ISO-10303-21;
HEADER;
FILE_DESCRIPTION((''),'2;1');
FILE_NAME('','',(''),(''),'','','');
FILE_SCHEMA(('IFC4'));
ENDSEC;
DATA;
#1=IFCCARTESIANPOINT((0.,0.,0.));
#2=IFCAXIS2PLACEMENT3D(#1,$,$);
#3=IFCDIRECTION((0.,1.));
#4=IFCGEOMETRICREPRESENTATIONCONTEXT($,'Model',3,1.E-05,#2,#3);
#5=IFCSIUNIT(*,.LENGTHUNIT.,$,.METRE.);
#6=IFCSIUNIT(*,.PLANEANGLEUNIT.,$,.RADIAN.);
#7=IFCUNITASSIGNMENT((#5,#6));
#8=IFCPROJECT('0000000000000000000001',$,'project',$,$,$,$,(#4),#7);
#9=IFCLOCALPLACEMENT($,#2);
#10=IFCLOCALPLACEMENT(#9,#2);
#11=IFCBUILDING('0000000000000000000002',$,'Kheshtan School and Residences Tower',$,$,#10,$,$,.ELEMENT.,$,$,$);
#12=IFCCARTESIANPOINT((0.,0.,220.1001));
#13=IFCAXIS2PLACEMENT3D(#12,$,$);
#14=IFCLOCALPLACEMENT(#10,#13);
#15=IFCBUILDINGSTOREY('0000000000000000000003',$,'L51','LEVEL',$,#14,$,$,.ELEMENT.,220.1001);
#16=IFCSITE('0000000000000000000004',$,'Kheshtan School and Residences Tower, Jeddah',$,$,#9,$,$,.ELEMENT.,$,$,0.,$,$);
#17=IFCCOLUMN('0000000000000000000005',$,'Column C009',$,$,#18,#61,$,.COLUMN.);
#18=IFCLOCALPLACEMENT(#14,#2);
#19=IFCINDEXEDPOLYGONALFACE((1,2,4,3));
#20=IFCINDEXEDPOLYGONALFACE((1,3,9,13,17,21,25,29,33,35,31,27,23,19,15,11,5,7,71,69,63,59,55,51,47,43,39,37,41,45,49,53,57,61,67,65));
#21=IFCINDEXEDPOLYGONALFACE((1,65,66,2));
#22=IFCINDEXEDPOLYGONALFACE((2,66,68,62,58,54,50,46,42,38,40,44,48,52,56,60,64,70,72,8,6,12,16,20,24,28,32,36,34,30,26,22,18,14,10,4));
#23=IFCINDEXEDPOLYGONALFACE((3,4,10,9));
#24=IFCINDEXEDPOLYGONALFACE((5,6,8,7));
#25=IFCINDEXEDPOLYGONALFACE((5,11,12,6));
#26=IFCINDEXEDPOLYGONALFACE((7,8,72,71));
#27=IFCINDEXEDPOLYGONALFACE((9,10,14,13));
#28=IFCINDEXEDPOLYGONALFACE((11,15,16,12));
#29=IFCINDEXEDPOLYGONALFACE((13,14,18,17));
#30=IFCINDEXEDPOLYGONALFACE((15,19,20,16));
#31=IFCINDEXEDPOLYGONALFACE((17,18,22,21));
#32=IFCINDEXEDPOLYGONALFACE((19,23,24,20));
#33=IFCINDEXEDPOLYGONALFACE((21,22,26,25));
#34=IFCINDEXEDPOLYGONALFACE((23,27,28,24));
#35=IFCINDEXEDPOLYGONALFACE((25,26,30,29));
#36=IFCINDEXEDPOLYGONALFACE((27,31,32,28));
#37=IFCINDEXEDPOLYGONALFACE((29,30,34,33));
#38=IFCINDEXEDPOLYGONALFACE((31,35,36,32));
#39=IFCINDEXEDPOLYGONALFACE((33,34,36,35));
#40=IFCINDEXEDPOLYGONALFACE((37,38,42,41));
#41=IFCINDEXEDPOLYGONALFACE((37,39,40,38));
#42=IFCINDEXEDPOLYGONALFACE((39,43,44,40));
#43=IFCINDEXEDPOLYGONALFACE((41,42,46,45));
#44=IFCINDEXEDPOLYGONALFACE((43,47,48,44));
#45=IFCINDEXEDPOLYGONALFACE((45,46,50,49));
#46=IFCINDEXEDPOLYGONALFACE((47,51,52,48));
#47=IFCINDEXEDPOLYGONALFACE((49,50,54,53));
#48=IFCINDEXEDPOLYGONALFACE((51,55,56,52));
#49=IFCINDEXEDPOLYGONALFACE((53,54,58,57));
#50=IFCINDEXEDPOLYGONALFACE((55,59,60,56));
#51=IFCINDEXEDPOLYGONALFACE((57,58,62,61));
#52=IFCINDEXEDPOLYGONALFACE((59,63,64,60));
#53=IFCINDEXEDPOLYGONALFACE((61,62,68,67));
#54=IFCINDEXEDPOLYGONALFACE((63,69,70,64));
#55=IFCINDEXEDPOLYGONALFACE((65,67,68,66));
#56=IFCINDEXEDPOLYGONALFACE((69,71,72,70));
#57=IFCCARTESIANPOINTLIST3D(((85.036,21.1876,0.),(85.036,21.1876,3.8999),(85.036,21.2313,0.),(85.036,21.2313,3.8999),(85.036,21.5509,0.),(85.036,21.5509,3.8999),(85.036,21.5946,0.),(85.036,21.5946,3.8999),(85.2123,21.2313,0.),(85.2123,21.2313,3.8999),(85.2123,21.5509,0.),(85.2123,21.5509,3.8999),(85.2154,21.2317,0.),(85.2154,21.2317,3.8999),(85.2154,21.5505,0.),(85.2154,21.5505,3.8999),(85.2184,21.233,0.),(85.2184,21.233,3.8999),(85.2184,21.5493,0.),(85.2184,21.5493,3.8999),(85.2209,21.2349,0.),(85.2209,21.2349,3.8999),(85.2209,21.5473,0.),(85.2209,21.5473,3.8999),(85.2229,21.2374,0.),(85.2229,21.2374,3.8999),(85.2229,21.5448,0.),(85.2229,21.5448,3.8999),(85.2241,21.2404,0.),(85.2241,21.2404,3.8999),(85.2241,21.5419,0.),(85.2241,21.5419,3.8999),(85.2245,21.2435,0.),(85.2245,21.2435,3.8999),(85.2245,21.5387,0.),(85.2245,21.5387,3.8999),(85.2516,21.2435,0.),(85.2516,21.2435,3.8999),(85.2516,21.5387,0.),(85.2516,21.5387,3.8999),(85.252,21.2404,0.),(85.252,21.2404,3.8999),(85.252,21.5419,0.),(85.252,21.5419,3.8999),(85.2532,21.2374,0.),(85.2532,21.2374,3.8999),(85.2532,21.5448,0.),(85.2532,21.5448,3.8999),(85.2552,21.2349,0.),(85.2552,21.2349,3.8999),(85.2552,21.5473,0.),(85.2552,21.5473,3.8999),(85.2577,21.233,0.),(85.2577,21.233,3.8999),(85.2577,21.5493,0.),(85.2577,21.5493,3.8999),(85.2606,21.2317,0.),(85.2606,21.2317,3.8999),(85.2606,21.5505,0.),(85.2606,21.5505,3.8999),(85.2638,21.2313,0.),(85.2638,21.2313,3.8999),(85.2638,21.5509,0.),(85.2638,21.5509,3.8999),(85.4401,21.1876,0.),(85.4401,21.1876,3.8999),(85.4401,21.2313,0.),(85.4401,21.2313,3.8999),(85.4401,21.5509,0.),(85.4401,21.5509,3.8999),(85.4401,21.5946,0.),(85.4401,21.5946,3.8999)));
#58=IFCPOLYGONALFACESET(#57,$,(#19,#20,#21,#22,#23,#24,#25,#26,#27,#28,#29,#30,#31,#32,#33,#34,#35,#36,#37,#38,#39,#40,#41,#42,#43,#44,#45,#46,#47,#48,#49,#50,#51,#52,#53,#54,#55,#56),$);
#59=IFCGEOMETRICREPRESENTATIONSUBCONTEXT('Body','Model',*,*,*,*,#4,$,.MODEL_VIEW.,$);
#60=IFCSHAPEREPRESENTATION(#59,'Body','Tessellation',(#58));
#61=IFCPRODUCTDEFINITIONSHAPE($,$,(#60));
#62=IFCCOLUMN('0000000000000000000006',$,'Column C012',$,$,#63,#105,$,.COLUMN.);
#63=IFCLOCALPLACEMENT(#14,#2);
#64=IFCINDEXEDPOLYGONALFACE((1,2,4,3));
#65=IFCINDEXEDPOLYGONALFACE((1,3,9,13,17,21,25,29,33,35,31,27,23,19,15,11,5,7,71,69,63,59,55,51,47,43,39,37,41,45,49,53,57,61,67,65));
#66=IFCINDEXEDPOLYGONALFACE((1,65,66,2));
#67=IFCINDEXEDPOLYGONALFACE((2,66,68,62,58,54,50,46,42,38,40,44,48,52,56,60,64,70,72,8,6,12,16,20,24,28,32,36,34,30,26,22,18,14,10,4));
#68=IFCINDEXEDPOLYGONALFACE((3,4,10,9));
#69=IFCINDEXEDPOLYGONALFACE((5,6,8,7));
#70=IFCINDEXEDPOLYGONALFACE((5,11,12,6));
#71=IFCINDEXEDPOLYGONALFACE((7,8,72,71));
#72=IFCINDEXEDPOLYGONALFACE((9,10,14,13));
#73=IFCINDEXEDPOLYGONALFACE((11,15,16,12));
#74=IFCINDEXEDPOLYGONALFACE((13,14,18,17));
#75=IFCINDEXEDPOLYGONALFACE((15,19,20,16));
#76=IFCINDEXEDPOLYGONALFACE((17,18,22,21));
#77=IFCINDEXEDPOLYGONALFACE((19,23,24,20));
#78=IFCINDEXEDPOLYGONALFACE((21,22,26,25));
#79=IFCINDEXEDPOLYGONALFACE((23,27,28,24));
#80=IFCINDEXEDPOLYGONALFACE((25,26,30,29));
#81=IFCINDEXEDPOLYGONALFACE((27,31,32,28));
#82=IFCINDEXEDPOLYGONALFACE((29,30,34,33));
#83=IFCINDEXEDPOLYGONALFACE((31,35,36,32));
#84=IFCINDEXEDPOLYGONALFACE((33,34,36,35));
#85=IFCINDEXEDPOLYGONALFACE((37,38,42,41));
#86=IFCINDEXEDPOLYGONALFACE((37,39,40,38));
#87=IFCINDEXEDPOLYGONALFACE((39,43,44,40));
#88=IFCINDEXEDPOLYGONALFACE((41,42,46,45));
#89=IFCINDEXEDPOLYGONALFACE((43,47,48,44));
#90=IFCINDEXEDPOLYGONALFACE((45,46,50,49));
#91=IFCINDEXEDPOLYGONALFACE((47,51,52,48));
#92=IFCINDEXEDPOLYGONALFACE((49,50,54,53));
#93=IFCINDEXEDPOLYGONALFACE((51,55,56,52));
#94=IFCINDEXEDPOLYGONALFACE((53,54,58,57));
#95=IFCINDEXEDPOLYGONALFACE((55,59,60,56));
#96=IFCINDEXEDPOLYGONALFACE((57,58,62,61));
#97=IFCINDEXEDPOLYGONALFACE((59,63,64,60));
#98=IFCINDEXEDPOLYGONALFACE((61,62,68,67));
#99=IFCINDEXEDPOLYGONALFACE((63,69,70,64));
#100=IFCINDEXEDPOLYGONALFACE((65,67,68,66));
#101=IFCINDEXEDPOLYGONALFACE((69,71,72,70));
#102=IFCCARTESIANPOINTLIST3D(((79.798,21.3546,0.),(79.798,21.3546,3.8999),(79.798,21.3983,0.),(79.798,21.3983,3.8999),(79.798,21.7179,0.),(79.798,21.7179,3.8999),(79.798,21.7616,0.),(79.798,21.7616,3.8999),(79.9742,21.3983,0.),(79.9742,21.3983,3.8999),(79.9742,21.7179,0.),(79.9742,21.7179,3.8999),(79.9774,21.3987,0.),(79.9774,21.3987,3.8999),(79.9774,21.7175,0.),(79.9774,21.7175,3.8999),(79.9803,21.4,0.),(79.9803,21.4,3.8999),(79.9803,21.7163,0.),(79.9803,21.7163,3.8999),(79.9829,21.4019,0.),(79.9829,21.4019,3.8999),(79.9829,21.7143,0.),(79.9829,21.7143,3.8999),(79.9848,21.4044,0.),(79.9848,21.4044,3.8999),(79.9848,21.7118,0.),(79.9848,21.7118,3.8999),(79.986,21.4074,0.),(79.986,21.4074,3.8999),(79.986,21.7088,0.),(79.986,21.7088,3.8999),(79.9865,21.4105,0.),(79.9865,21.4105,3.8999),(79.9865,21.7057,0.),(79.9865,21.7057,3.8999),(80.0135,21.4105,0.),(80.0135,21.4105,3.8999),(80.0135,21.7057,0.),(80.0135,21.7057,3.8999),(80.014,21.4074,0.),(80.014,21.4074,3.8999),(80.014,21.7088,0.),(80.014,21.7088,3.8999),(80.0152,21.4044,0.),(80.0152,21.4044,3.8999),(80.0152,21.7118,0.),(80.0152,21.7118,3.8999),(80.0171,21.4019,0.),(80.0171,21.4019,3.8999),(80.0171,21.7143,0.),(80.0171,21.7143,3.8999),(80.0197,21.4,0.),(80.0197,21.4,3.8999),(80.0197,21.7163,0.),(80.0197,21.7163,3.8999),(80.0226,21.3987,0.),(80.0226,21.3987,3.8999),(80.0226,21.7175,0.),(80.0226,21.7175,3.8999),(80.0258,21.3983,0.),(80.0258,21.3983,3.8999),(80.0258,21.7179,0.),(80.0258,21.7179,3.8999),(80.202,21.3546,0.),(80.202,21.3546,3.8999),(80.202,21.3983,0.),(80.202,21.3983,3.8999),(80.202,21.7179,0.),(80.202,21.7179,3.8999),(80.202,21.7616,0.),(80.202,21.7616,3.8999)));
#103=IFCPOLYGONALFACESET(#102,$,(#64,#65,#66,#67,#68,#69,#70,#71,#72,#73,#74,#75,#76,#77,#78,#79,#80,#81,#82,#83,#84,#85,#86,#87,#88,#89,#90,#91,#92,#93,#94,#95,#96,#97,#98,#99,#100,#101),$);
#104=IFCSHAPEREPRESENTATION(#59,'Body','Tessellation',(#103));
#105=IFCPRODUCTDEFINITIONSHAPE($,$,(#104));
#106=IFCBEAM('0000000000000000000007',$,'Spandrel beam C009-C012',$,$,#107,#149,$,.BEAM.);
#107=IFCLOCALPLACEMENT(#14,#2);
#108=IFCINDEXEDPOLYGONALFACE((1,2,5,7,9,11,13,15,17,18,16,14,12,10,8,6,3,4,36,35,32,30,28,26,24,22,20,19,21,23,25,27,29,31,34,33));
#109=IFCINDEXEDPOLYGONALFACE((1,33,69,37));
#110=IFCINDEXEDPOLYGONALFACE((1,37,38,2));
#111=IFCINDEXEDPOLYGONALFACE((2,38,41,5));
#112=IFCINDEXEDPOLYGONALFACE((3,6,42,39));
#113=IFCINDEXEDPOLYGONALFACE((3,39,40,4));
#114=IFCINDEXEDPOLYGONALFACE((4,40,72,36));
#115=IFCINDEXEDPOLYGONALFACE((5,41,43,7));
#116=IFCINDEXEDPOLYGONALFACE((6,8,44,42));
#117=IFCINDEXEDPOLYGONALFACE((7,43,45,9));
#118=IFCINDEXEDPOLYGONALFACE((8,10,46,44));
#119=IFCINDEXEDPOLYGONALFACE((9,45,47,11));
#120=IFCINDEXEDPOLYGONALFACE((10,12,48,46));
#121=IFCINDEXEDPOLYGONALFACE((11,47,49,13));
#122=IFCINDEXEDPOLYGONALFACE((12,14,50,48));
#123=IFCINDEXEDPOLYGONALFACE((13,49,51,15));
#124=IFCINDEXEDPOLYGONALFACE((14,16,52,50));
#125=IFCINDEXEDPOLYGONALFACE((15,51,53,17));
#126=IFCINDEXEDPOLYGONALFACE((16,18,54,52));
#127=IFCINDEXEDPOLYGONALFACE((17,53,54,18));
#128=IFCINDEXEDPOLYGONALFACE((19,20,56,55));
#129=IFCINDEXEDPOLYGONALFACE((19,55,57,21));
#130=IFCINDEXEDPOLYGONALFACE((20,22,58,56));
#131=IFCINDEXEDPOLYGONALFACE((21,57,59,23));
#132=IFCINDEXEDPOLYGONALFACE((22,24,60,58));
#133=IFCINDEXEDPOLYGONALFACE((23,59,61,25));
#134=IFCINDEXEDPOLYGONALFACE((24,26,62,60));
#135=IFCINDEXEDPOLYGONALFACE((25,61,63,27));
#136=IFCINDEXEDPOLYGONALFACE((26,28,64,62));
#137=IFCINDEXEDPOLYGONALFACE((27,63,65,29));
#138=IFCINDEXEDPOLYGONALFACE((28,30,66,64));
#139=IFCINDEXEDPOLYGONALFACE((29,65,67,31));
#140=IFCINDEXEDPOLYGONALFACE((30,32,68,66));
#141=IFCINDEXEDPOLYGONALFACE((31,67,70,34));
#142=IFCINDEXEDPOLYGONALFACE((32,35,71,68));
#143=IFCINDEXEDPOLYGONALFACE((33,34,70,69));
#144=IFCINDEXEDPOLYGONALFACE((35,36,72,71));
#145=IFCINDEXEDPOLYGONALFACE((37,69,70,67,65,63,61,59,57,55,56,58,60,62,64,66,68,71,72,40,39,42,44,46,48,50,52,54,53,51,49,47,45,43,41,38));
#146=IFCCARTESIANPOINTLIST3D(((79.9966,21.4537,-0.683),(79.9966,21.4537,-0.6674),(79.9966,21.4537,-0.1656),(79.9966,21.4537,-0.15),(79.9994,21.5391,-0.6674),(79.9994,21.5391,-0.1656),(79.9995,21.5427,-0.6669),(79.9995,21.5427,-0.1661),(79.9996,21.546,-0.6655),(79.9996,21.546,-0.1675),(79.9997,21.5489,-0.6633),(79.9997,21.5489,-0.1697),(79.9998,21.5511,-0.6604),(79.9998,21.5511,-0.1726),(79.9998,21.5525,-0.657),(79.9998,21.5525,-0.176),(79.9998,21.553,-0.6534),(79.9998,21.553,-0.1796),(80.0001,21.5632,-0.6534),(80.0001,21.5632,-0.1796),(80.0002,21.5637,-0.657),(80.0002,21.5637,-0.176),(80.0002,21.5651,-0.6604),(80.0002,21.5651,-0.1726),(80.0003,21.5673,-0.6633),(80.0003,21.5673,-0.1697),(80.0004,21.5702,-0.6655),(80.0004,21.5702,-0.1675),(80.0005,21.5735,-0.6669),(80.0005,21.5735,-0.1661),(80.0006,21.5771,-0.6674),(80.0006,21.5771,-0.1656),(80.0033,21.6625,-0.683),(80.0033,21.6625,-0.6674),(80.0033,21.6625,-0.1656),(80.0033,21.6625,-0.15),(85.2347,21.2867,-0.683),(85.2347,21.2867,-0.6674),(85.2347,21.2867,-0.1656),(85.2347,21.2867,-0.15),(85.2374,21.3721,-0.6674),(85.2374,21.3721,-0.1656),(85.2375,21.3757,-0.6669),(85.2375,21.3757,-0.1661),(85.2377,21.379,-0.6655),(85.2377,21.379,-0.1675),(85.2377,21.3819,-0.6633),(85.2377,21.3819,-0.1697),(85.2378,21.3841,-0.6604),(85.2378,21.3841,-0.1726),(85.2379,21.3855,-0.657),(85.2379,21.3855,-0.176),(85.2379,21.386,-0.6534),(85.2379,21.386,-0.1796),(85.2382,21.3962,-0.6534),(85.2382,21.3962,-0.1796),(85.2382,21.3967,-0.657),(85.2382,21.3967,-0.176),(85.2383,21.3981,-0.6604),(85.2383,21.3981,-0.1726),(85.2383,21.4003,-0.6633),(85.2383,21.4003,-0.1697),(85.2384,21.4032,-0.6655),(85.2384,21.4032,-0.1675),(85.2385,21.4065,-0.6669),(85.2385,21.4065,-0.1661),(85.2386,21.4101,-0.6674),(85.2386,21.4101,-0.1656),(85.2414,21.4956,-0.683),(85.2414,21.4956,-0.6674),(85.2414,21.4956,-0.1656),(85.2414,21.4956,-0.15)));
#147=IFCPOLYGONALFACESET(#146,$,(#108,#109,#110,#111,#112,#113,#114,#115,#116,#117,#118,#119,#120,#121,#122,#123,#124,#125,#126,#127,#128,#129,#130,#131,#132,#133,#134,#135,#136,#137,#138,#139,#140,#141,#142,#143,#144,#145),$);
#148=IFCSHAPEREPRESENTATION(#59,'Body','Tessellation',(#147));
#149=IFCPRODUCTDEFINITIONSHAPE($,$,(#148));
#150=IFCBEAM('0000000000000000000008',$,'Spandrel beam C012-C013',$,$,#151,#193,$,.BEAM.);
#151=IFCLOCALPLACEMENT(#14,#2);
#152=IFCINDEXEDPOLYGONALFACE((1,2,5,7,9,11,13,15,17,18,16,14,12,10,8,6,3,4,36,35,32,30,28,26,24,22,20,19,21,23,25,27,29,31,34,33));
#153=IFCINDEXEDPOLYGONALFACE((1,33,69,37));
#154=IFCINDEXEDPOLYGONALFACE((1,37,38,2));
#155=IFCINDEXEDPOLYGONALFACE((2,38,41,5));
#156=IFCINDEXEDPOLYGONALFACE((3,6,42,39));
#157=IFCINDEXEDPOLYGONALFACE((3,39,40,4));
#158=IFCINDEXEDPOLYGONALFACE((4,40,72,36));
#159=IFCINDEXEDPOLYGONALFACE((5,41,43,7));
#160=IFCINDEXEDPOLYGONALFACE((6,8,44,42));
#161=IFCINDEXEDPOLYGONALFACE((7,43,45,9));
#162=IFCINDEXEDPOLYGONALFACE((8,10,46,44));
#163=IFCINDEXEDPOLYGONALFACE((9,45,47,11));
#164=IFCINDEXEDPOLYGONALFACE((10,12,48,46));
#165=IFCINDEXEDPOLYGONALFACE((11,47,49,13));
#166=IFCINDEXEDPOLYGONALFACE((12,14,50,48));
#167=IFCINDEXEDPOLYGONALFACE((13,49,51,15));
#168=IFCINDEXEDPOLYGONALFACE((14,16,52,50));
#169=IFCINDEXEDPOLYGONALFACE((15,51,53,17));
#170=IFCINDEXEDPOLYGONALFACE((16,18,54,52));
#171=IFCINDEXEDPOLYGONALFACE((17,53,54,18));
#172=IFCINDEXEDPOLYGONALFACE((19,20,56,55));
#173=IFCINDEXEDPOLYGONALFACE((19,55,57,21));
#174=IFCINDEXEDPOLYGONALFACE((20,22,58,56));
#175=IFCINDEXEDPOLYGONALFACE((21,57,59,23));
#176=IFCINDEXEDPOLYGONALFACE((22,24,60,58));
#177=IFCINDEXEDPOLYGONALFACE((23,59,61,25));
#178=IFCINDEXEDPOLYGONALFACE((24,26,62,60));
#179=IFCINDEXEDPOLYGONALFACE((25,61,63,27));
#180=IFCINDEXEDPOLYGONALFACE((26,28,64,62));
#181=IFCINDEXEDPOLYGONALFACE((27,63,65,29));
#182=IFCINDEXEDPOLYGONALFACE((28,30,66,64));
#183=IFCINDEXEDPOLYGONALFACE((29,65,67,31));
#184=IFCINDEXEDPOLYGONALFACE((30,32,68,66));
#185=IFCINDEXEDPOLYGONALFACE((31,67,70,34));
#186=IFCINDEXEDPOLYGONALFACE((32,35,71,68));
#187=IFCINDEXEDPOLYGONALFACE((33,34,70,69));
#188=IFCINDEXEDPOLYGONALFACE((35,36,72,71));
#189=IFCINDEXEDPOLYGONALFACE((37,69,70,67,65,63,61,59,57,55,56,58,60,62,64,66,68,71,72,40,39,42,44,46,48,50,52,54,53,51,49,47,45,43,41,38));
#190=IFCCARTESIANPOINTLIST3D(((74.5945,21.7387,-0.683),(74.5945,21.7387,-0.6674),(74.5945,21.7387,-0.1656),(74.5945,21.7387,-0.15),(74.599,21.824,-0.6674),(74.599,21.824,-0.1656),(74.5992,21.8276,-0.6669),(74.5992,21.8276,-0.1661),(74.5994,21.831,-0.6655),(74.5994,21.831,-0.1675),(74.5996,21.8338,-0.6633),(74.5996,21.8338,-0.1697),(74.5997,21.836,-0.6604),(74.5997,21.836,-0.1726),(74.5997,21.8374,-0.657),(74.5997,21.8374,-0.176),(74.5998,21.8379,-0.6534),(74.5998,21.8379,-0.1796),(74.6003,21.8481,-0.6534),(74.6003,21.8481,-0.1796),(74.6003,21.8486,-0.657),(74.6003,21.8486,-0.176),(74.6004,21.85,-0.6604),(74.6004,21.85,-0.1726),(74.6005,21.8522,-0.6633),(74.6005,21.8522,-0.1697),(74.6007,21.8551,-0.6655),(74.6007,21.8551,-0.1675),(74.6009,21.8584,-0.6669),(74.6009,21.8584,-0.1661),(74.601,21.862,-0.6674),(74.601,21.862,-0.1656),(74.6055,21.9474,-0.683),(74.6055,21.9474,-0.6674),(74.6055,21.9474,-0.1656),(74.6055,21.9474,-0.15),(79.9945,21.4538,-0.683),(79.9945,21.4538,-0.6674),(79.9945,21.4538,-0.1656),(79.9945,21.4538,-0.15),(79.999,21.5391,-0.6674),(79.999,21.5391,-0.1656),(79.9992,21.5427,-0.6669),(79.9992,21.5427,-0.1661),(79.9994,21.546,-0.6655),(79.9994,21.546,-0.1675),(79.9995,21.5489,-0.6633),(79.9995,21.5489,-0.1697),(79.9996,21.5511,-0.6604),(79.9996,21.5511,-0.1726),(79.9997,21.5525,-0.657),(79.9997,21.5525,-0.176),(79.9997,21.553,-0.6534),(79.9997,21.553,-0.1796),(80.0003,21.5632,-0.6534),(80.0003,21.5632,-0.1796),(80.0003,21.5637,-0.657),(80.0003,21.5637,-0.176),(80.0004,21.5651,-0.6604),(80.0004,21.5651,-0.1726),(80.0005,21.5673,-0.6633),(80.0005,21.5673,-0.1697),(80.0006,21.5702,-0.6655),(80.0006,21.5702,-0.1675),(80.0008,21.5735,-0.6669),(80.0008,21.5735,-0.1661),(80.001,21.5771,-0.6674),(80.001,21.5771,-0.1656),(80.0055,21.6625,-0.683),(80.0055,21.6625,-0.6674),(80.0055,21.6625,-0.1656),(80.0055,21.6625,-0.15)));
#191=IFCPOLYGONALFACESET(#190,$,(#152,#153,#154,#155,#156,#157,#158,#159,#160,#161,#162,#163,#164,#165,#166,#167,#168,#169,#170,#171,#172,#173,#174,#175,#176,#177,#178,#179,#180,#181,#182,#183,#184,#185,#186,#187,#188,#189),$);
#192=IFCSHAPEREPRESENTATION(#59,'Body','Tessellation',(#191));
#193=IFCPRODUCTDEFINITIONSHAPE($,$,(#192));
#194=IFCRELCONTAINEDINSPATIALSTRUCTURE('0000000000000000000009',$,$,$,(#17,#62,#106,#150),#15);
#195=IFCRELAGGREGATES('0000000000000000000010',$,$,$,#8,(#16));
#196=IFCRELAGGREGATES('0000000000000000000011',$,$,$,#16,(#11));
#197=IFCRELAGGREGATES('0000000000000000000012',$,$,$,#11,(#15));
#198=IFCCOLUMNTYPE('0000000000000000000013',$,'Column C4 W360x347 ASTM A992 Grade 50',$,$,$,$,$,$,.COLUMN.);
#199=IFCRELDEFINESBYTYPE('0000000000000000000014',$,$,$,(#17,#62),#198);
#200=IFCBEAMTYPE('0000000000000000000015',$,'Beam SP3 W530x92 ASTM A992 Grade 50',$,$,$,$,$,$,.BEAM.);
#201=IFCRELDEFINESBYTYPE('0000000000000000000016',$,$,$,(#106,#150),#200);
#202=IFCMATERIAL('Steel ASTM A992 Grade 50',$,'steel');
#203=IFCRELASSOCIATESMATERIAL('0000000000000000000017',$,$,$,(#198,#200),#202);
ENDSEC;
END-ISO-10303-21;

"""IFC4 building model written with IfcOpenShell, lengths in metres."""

from ifc_helpers import new_model, si_unit, direction, frame, origin, origin_2d, place, context, subcontext, project, spatial, i_section, extrude, material, material_profile, profile_set, type_object, element, save


model = new_model("IFC4")

# Units and contexts
model_context = context("Model", 3, precision=1e-05, world=origin(), true_north=direction((0.0, 1.0)))
body_context = subcontext(model_context, "Body", "Model", "MODEL_VIEW")
ifc_project = project(units=[si_unit("LENGTHUNIT", "METRE"), si_unit("PLANEANGLEUNIT", "RADIAN")], contexts=[model_context])

# Site, building, storey
site_placement = place(None, origin())
site = spatial("IfcSite", under=ifc_project, at=site_placement, Name="Kheshtan School and Residences Tower, Jeddah", CompositionType="ELEMENT", RefElevation=0.0)
building_placement = place(site_placement, origin())
building = spatial("IfcBuilding", under=site, at=building_placement, Name="Kheshtan School and Residences Tower", CompositionType="ELEMENT")
storey_placement = place(building_placement, frame((0.0, 0.0, 220.1001)))
storey = spatial("IfcBuildingStorey", under=building, at=storey_placement, Name="L51", Description="LEVEL", CompositionType="ELEMENT", Elevation=220.1001)

# Columns
ifc_material_1 = material(Name="Steel ASTM A992 Grade 50", Category="steel")
ifc_material_profile_1 = material_profile(ifc_material_1, i_section(OverallWidth=0.4041, OverallDepth=0.407, WebThickness=0.0271, FlangeThickness=0.0437, FilletRadius=0.0122, at=origin_2d()), Name="W360x347")
ifc_profile_set_1 = profile_set([ifc_material_profile_1], Name="Steel ASTM A992 Grade 50")
column_type = type_object("IfcColumnType", Name="Column C4 W360x347 ASTM A992 Grade 50", PredefinedType="COLUMN", material=ifc_profile_set_1)
for number, where, z_axis, x_axis, name in (
    (1, (85.238, 21.3911, 0.0), (0.0, 0.0, 1.0), (1.0, 0.0, 0.0), "Column C009"),
    (2, (80.0, 21.5581, 0.0), (0.0, 0.0, 1.0), (1.0, 0.0, 0.0), "Column C012"),
):
    element("IfcColumn", number, at=place(storey_placement, frame(where, z_axis=z_axis, x_axis=x_axis)), inside=storey, type_object=column_type, Name=name, PredefinedType="COLUMN", context=body_context, shape_type="SweptSolid", body=[
        extrude(i_section(OverallWidth=0.4041, OverallDepth=0.407, WebThickness=0.0271, FlangeThickness=0.0437, FilletRadius=0.0122, at=origin_2d()), origin(), (0.0, 0.0, 1.0), 3.8999),
    ])

# Beams
ifc_material_profile_2 = material_profile(ifc_material_1, i_section(OverallWidth=0.209, OverallDepth=0.533, WebThickness=0.0103, FlangeThickness=0.0156, FilletRadius=0.0139, at=origin_2d()), Name="W530x92")
ifc_profile_set_2 = profile_set([ifc_material_profile_2], Name="Steel ASTM A992 Grade 50")
beam_type = type_object("IfcBeamType", Name="Beam SP3 W530x92 ASTM A992 Grade 50", PredefinedType="BEAM", material=ifc_profile_set_2)
beam_1_placement = place(storey_placement, frame((85.238, 21.3911, -0.4165), z_axis=(-0.999492, 0.031864, 0.0), x_axis=(-0.031864, -0.999492, 0.0)))
element("IfcBeam", 3, at=beam_1_placement, inside=storey, type_object=beam_type, Name="Spandrel beam C009-C012", PredefinedType="BEAM", context=body_context, shape_type="SweptSolid", body=[
    extrude(i_section(OverallWidth=0.209, OverallDepth=0.533, WebThickness=0.0103, FlangeThickness=0.0156, FilletRadius=0.0139, at=origin_2d()), origin(), (0.0, 0.0, 1.0), 5.2407),
])
beam_2_placement = place(storey_placement, frame((80.0, 21.5581, -0.4165), z_axis=(-0.998611, 0.052689, 0.0), x_axis=(-0.052689, -0.998611, 0.0)))
element("IfcBeam", 4, at=beam_2_placement, inside=storey, type_object=beam_type, Name="Spandrel beam C012-C013", PredefinedType="BEAM", context=body_context, shape_type="SweptSolid", body=[
    extrude(i_section(OverallWidth=0.209, OverallDepth=0.533, WebThickness=0.0103, FlangeThickness=0.0156, FilletRadius=0.0139, at=origin_2d()), origin(), (0.0, 0.0, 1.0), 5.4075),
])

save(model, "model.ifc")
